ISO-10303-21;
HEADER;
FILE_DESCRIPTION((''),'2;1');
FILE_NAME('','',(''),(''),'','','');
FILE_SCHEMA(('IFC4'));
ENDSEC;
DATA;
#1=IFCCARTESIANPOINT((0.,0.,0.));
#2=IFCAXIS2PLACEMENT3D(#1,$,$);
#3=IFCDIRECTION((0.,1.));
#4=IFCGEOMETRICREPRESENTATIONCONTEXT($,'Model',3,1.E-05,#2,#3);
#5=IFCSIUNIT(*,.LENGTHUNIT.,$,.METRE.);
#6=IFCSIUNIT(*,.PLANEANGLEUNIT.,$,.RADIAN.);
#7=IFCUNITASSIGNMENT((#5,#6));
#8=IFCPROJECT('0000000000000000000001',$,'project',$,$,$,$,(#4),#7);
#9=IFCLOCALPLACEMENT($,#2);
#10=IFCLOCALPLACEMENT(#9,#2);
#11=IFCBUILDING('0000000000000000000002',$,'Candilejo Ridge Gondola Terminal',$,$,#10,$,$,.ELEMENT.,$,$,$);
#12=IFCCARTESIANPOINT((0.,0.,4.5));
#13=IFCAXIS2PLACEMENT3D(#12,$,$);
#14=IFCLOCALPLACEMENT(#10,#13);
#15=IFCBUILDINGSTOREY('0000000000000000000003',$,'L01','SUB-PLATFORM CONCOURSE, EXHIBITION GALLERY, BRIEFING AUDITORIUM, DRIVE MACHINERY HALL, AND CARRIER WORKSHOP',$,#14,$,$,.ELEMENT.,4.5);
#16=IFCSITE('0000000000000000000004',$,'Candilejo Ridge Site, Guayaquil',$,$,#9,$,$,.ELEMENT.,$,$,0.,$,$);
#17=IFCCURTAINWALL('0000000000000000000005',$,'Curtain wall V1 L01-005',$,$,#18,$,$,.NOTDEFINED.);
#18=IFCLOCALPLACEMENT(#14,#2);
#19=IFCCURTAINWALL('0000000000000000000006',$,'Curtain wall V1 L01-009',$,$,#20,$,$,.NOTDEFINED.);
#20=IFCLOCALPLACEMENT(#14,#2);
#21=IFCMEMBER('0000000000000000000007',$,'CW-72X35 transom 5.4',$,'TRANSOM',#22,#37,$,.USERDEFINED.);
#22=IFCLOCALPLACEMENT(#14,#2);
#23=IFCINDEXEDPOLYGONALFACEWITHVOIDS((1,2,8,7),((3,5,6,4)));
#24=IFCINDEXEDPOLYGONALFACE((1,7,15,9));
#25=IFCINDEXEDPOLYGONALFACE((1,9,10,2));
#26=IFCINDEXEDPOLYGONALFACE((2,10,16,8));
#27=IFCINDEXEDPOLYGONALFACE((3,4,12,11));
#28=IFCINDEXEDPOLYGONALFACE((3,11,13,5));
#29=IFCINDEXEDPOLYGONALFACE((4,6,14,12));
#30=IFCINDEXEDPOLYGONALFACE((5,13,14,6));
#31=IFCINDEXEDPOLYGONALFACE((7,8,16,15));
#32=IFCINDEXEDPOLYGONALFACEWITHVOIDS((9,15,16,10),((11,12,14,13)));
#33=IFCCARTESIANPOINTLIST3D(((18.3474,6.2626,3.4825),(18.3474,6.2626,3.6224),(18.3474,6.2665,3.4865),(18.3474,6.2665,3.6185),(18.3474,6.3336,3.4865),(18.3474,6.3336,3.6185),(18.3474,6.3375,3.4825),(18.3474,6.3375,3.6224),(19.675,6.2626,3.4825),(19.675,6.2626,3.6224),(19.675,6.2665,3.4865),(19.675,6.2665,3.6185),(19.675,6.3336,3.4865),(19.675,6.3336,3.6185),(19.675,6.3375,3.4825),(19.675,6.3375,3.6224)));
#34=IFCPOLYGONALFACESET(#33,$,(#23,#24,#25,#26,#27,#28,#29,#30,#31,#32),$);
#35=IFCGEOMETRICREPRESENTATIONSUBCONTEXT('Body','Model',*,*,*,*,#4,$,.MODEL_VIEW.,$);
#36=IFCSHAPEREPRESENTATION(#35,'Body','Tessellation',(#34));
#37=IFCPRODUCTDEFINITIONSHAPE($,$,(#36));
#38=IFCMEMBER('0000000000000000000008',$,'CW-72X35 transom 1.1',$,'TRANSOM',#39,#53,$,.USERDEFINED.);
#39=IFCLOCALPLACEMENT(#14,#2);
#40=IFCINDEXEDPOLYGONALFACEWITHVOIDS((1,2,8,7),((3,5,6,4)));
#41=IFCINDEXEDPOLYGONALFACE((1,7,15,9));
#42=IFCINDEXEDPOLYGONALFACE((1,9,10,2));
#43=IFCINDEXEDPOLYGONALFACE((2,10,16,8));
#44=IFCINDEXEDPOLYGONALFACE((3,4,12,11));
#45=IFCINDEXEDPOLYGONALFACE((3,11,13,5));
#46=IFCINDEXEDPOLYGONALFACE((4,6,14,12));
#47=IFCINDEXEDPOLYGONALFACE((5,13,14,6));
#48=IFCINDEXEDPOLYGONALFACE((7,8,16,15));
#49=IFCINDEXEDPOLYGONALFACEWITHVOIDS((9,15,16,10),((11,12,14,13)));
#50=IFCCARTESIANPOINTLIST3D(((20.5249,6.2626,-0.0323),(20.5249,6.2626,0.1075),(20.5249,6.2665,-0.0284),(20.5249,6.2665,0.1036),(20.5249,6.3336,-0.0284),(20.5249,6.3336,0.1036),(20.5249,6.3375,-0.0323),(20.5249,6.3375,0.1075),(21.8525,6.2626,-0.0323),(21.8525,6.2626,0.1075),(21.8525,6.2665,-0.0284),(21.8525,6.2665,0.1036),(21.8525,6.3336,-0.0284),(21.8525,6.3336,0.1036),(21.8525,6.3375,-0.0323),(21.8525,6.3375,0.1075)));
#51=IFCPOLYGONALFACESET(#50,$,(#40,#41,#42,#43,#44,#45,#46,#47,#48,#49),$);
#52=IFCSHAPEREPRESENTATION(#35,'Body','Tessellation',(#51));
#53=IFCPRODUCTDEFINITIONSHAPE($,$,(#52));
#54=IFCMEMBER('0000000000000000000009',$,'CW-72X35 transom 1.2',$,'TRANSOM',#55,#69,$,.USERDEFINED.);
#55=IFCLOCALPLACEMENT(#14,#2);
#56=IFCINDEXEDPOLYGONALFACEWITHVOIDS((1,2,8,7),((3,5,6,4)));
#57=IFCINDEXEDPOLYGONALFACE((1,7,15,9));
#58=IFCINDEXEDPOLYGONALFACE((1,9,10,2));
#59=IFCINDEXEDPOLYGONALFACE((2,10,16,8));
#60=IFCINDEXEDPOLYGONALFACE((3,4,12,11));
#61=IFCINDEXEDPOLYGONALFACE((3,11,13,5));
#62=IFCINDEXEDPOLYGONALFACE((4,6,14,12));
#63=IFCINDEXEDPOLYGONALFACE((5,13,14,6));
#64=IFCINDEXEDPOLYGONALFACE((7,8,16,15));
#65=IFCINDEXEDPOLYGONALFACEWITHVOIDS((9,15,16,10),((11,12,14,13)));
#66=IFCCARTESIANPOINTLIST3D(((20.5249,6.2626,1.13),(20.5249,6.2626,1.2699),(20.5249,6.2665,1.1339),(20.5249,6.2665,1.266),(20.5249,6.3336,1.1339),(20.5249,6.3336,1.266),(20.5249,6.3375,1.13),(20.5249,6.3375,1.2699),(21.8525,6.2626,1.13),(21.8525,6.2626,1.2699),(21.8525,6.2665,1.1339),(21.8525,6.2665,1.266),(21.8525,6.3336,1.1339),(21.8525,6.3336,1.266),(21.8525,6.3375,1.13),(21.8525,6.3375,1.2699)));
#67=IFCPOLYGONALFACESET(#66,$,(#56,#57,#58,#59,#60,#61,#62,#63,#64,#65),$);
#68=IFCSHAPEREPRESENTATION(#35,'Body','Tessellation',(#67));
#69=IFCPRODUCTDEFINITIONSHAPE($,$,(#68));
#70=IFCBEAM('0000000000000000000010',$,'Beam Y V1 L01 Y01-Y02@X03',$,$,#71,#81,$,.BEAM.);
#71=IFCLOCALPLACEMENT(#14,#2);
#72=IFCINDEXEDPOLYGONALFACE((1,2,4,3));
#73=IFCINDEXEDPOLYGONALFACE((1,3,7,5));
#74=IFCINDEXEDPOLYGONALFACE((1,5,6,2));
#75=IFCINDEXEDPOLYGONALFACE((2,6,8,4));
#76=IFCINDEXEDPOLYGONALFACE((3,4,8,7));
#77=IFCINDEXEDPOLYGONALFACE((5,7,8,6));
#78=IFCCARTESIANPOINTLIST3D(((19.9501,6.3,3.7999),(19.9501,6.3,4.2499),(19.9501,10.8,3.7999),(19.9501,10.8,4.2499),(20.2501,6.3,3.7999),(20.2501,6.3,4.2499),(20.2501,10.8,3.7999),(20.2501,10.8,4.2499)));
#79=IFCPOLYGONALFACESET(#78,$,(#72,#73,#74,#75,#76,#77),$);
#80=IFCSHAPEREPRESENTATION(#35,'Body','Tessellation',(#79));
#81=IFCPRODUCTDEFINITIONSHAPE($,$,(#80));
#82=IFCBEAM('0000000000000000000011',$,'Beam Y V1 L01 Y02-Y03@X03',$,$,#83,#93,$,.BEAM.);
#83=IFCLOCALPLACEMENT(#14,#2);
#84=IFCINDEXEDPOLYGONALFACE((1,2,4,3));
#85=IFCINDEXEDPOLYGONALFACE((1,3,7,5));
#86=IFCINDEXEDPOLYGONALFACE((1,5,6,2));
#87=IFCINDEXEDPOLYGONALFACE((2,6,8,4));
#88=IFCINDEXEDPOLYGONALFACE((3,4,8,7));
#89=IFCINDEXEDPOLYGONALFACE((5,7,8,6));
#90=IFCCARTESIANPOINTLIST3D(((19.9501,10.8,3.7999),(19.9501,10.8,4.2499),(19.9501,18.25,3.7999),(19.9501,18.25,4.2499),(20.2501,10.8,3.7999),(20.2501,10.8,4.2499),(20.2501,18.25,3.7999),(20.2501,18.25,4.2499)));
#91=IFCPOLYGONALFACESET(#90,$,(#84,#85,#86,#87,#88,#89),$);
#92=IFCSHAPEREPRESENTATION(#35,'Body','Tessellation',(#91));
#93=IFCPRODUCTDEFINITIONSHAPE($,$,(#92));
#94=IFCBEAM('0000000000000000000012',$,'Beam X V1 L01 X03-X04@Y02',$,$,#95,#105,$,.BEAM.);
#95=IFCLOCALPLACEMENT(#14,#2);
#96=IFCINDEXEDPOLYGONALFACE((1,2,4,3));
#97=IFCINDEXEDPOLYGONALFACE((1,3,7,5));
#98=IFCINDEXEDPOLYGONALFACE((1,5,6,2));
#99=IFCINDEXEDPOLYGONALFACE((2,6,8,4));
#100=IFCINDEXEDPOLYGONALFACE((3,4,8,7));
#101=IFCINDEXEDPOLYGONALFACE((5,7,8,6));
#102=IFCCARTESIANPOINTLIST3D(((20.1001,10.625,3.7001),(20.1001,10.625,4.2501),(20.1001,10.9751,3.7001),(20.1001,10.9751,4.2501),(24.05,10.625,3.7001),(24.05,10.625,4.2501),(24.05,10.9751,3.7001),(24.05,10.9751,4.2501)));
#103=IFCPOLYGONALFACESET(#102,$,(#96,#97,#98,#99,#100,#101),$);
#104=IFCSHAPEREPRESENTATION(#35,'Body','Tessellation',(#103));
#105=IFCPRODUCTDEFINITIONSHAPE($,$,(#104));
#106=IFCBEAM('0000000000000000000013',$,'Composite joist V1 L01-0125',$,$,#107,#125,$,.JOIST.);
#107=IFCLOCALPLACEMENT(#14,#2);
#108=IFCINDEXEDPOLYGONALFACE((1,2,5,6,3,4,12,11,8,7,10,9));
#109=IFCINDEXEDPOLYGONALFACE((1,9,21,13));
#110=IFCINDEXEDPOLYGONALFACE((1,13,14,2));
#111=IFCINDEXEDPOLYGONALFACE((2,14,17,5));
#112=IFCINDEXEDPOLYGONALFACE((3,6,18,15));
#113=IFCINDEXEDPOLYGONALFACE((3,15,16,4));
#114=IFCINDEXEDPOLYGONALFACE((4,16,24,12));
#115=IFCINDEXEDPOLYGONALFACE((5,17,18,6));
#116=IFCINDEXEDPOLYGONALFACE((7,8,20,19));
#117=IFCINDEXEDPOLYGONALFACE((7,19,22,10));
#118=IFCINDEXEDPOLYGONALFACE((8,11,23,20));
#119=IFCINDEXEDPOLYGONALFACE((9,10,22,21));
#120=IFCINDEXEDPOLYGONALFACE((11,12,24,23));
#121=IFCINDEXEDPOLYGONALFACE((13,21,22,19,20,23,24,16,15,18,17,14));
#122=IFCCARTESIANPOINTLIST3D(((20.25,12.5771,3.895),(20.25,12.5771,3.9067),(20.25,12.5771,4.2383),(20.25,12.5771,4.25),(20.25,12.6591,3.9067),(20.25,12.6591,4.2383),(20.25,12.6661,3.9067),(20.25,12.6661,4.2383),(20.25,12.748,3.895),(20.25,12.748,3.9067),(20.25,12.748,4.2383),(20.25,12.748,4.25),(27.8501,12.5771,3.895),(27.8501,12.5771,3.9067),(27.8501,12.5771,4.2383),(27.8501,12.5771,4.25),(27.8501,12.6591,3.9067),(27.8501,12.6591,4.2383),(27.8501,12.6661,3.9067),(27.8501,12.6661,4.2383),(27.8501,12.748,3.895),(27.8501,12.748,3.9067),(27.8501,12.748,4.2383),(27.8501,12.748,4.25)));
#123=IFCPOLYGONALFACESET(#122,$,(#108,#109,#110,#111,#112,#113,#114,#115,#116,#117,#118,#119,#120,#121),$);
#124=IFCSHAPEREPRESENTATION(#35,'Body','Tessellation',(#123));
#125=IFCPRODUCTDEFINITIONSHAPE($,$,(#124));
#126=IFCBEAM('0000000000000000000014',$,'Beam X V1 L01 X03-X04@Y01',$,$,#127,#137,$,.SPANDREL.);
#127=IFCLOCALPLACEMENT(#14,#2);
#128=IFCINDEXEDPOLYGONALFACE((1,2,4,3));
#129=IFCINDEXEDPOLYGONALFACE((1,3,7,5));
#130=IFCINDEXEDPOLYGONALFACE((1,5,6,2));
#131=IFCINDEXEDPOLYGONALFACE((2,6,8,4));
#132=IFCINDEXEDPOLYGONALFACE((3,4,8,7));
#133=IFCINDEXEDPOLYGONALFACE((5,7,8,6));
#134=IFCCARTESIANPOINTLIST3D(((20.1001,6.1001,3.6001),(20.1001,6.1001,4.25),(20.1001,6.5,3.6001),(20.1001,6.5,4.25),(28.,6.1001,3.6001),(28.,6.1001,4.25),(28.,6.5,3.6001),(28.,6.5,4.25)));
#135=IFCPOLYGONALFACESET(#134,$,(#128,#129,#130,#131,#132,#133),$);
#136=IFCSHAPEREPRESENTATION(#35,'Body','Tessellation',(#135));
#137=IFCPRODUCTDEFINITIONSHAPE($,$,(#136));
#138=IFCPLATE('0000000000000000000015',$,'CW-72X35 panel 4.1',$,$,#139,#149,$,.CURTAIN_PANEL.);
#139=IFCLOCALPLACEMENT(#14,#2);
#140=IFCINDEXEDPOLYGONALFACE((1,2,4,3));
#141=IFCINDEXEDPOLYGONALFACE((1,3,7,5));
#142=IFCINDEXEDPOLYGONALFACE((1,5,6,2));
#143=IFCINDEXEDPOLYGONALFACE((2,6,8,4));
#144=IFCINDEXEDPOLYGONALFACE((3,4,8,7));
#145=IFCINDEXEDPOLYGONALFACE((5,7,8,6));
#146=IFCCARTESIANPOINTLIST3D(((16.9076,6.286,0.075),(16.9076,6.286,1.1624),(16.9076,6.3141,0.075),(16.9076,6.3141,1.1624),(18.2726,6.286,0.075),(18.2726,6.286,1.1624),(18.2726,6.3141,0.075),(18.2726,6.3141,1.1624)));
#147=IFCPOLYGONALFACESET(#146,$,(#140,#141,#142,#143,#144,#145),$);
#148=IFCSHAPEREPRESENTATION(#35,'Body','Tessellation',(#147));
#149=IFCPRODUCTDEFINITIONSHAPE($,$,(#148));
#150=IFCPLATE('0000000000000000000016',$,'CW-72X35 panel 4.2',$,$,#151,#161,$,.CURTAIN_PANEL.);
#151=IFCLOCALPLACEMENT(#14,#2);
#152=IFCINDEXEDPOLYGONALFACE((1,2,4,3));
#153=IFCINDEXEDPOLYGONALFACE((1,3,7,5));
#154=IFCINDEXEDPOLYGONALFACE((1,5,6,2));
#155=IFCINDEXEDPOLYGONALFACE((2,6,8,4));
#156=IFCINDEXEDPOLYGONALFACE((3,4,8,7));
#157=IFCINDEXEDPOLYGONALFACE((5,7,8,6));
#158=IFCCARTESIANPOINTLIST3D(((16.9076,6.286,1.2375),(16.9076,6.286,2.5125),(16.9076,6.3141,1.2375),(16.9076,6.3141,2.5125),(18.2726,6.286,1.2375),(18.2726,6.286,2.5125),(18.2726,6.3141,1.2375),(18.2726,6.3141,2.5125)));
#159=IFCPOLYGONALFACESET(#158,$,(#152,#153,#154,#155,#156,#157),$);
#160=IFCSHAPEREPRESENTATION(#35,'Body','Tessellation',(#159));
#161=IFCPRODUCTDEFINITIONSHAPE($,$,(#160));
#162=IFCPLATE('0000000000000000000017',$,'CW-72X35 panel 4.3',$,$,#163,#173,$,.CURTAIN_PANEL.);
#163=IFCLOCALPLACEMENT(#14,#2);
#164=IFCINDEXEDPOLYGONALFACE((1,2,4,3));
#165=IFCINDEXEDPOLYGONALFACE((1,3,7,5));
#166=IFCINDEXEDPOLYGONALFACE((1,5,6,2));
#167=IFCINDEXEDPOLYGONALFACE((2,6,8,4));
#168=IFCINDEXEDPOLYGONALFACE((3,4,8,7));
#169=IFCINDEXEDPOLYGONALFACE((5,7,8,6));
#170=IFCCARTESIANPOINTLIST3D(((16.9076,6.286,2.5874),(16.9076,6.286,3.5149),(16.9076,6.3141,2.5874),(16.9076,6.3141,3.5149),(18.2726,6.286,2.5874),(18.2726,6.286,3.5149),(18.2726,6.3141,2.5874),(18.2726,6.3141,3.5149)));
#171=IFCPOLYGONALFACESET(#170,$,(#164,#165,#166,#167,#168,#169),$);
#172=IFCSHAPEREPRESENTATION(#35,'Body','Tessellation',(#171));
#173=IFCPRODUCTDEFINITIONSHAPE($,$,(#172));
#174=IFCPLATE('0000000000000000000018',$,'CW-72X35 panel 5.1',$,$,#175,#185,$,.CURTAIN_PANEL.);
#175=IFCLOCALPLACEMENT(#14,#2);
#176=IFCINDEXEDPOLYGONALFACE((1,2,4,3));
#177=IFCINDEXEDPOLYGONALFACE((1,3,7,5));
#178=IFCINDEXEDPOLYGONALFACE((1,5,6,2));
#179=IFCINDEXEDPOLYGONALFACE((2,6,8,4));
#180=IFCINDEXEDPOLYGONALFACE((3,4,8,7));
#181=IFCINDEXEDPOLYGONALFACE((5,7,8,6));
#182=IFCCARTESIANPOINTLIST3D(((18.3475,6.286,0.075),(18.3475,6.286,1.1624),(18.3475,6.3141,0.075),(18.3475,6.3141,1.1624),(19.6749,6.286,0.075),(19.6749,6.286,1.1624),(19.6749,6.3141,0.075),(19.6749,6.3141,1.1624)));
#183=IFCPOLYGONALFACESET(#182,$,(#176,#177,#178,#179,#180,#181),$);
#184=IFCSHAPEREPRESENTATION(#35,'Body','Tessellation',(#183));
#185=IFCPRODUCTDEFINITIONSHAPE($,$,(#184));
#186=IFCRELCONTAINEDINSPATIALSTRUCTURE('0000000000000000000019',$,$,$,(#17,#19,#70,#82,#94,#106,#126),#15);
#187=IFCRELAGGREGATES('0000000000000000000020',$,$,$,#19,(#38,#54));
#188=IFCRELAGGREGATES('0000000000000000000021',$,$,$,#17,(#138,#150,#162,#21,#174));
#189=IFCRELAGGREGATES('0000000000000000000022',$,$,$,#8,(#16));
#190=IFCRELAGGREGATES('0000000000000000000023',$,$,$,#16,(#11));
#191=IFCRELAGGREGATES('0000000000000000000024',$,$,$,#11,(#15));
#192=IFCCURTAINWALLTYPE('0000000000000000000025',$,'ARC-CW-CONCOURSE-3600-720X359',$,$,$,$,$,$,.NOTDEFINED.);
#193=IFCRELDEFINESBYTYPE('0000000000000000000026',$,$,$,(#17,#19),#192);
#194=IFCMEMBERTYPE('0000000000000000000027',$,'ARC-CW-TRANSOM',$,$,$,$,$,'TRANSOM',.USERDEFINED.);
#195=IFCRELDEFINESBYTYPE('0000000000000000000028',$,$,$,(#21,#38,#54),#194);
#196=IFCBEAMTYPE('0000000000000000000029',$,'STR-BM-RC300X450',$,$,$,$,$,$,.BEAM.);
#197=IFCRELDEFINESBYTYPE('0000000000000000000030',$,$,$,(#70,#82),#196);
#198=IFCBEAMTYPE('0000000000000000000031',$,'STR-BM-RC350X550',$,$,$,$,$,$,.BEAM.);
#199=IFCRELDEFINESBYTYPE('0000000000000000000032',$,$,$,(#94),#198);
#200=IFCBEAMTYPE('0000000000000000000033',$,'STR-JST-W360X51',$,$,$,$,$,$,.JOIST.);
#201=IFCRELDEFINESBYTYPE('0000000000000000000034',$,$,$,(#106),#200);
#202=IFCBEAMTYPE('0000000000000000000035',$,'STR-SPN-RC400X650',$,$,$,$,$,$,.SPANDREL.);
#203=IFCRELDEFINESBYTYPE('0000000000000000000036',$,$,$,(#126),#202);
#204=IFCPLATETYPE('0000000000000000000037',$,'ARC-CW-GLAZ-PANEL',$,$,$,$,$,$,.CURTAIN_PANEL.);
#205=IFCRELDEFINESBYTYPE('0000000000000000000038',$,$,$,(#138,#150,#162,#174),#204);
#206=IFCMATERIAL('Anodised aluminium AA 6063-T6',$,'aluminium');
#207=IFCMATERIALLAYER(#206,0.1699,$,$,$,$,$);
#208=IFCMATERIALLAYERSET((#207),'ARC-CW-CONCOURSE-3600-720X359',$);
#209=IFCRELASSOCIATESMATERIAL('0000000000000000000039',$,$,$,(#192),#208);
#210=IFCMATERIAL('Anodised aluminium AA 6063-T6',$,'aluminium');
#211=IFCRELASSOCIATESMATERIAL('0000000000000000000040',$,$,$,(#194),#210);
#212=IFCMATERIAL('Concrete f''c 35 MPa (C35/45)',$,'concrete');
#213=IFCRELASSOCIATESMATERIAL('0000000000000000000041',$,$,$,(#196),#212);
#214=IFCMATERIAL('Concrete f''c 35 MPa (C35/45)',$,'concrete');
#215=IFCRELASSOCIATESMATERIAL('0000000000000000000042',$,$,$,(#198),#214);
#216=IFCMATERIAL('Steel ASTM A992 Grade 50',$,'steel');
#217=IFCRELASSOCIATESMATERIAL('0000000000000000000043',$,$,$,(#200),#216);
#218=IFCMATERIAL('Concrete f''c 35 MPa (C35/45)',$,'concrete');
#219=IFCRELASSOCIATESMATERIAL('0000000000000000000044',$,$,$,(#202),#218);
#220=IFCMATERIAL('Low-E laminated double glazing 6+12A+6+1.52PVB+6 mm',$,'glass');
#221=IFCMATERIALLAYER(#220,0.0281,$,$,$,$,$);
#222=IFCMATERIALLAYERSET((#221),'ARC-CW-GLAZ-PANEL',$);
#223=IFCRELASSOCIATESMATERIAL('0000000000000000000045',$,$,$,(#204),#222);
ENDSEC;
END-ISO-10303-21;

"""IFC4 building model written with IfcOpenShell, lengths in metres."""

from ifc_helpers import new_model, si_unit, direction, frame, origin, origin_2d, place, context, subcontext, project, spatial, rectangle, hollow_rectangle, i_section, extrude, material, layer, layer_set, material_profile, profile_set, type_object, element, aggregate, save


model = new_model("IFC4")

# Units and contexts
model_context = context("Model", 3, precision=1e-05, world=origin(), true_north=direction((0.0, 1.0)))
body_context = subcontext(model_context, "Body", "Model", "MODEL_VIEW")
ifc_project = project(units=[si_unit("LENGTHUNIT", "METRE"), si_unit("PLANEANGLEUNIT", "RADIAN")], contexts=[model_context])

# Site, building, storey
site_placement = place(None, origin())
site = spatial("IfcSite", under=ifc_project, at=site_placement, Name="Candilejo Ridge Site, Guayaquil", CompositionType="ELEMENT", RefElevation=0.0)
building_placement = place(site_placement, origin())
building = spatial("IfcBuilding", under=site, at=building_placement, Name="Candilejo Ridge Gondola Terminal", CompositionType="ELEMENT")
storey_placement = place(building_placement, frame((0.0, 0.0, 4.5)))
storey = spatial("IfcBuildingStorey", under=building, at=storey_placement, Name="L01", Description="SUB-PLATFORM CONCOURSE, EXHIBITION GALLERY, BRIEFING AUDITORIUM, DRIVE MACHINERY HALL, AND CARRIER WORKSHOP", CompositionType="ELEMENT", Elevation=4.5)

# Curtain wall
ifc_material_1 = material(Name="Anodised aluminium AA 6063-T6", Category="aluminium")
ifc_layer_1 = layer(ifc_material_1, 0.1699)
ifc_layer_set_1 = layer_set([ifc_layer_1], Name="ARC-CW-CONCOURSE-3600-720X359")
curtain_wall_type = type_object("IfcCurtainWallType", Name="ARC-CW-CONCOURSE-3600-720X359", PredefinedType="NOTDEFINED", material=ifc_layer_set_1)
curtain_wall_1_placement = place(storey_placement, origin())
curtain_wall_1 = element("IfcCurtainWall", 1, at=curtain_wall_1_placement, inside=storey, type_object=curtain_wall_type, Name="Curtain wall V1 L01-005", PredefinedType="NOTDEFINED")

# Curtain wall
curtain_wall_2_placement = place(storey_placement, origin())
curtain_wall_2 = element("IfcCurtainWall", 2, at=curtain_wall_2_placement, inside=storey, type_object=curtain_wall_type, Name="Curtain wall V1 L01-009", PredefinedType="NOTDEFINED")

# Members
ifc_material_2 = material(Name="Anodised aluminium AA 6063-T6", Category="aluminium")
ifc_material_profile_1 = material_profile(ifc_material_2, hollow_rectangle(XDim=0.075, YDim=0.1399, WallThickness=0.0039, at=origin_2d()))
ifc_profile_set_1 = profile_set([ifc_material_profile_1], Name="Anodised aluminium AA 6063-T6")
member_type_1 = type_object("IfcMemberType", Name="ARC-CW-TRANSOM", ElementType="TRANSOM", PredefinedType="USERDEFINED", material=ifc_profile_set_1)
member_1_placement = place(storey_placement, frame((18.3474, 6.3, 3.5525), z_axis=(1.0, 0.0, 0.0), x_axis=(0.0, 1.0, 0.0)))
member_1 = element("IfcMember", 3, at=member_1_placement, type_object=member_type_1, Name="CW-72X35 transom 5.4", ObjectType="TRANSOM", PredefinedType="USERDEFINED", context=body_context, shape_type="SweptSolid", body=[
    extrude(hollow_rectangle(XDim=0.075, YDim=0.1399, WallThickness=0.0039, at=origin_2d()), origin(), (0.0, 0.0, 1.0), 1.3276),
])
member_2_placement = place(storey_placement, frame((20.5249, 6.3, 0.0376), z_axis=(1.0, 0.0, 0.0), x_axis=(0.0, 1.0, 0.0)))
member_2 = element("IfcMember", 4, at=member_2_placement, type_object=member_type_1, Name="CW-72X35 transom 1.1", ObjectType="TRANSOM", PredefinedType="USERDEFINED", context=body_context, shape_type="SweptSolid", body=[
    extrude(hollow_rectangle(XDim=0.075, YDim=0.1399, WallThickness=0.0039, at=origin_2d()), origin(), (0.0, 0.0, 1.0), 1.3276),
])
member_3_placement = place(storey_placement, frame((20.5249, 6.3, 1.2), z_axis=(1.0, 0.0, 0.0), x_axis=(0.0, 1.0, 0.0)))
member_3 = element("IfcMember", 5, at=member_3_placement, type_object=member_type_1, Name="CW-72X35 transom 1.2", ObjectType="TRANSOM", PredefinedType="USERDEFINED", context=body_context, shape_type="SweptSolid", body=[
    extrude(hollow_rectangle(XDim=0.075, YDim=0.1399, WallThickness=0.0039, at=origin_2d()), origin(), (0.0, 0.0, 1.0), 1.3276),
])
aggregate(curtain_wall_2, [member_2, member_3])

# Beams
ifc_material_3 = material(Name="Concrete f'c 35 MPa (C35/45)", Category="concrete")
ifc_material_profile_2 = material_profile(ifc_material_3, rectangle(XDim=0.3, YDim=0.45, at=origin_2d()))
ifc_profile_set_2 = profile_set([ifc_material_profile_2], Name="Concrete f'c 35 MPa (C35/45)")
beam_type_1 = type_object("IfcBeamType", Name="STR-BM-RC300X450", PredefinedType="BEAM", material=ifc_profile_set_2)
beam_1_placement = place(storey_placement, frame((20.1001, 6.3, 4.0249), z_axis=(0.0, 1.0, 0.0), x_axis=(-1.0, 0.0, 0.0)))
element("IfcBeam", 6, at=beam_1_placement, inside=storey, type_object=beam_type_1, Name="Beam Y V1 L01 Y01-Y02@X03", PredefinedType="BEAM", context=body_context, shape_type="SweptSolid", body=[
    extrude(rectangle(XDim=0.3, YDim=0.45, at=origin_2d()), origin(), (0.0, 0.0, 1.0), 4.5),
])
beam_2_placement = place(storey_placement, frame((20.1001, 10.8, 4.0249), z_axis=(0.0, 1.0, 0.0), x_axis=(-1.0, 0.0, 0.0)))
element("IfcBeam", 7, at=beam_2_placement, inside=storey, type_object=beam_type_1, Name="Beam Y V1 L01 Y02-Y03@X03", PredefinedType="BEAM", context=body_context, shape_type="SweptSolid", body=[
    extrude(rectangle(XDim=0.3, YDim=0.45, at=origin_2d()), origin(), (0.0, 0.0, 1.0), 7.45),
])
ifc_material_4 = material(Name="Concrete f'c 35 MPa (C35/45)", Category="concrete")
ifc_material_profile_3 = material_profile(ifc_material_4, rectangle(XDim=0.3501, YDim=0.55, at=origin_2d()))
ifc_profile_set_3 = profile_set([ifc_material_profile_3], Name="Concrete f'c 35 MPa (C35/45)")
beam_type_2 = type_object("IfcBeamType", Name="STR-BM-RC350X550", PredefinedType="BEAM", material=ifc_profile_set_3)
beam_3_placement = place(storey_placement, frame((20.1001, 10.8, 3.9751), z_axis=(1.0, 0.0, 0.0), x_axis=(0.0, 1.0, 0.0)))
element("IfcBeam", 8, at=beam_3_placement, inside=storey, type_object=beam_type_2, Name="Beam X V1 L01 X03-X04@Y02", PredefinedType="BEAM", context=body_context, shape_type="SweptSolid", body=[
    extrude(rectangle(XDim=0.3501, YDim=0.55, at=origin_2d()), origin(), (0.0, 0.0, 1.0), 3.95),
])
ifc_material_5 = material(Name="Steel ASTM A992 Grade 50", Category="steel")
ifc_material_profile_4 = material_profile(ifc_material_5, i_section(OverallWidth=0.1709, OverallDepth=0.355, WebThickness=0.0071, FlangeThickness=0.0117, at=origin_2d()))
ifc_profile_set_4 = profile_set([ifc_material_profile_4], Name="Steel ASTM A992 Grade 50")
beam_type_3 = type_object("IfcBeamType", Name="STR-JST-W360X51", PredefinedType="JOIST", material=ifc_profile_set_4)
beam_4_placement = place(storey_placement, frame((20.25, 12.6626, 4.0725), z_axis=(1.0, 0.0, 0.0), x_axis=(0.0, 1.0, 0.0)))
element("IfcBeam", 9, at=beam_4_placement, inside=storey, type_object=beam_type_3, Name="Composite joist V1 L01-0125", PredefinedType="JOIST", context=body_context, shape_type="SweptSolid", body=[
    extrude(i_section(OverallWidth=0.1709, OverallDepth=0.355, WebThickness=0.0071, FlangeThickness=0.0117, at=origin_2d()), origin(), (0.0, 0.0, 1.0), 7.6001),
])
ifc_material_6 = material(Name="Concrete f'c 35 MPa (C35/45)", Category="concrete")
ifc_material_profile_5 = material_profile(ifc_material_6, rectangle(XDim=0.3999, YDim=0.6499, at=origin_2d()))
ifc_profile_set_5 = profile_set([ifc_material_profile_5], Name="Concrete f'c 35 MPa (C35/45)")
beam_type_4 = type_object("IfcBeamType", Name="STR-SPN-RC400X650", PredefinedType="SPANDREL", material=ifc_profile_set_5)
beam_5_placement = place(storey_placement, frame((20.1001, 6.3, 3.925), z_axis=(1.0, 0.0, 0.0), x_axis=(0.0, 1.0, 0.0)))
element("IfcBeam", 10, at=beam_5_placement, inside=storey, type_object=beam_type_4, Name="Beam X V1 L01 X03-X04@Y01", PredefinedType="SPANDREL", context=body_context, shape_type="SweptSolid", body=[
    extrude(rectangle(XDim=0.3999, YDim=0.6499, at=origin_2d()), origin(), (0.0, 0.0, 1.0), 7.8999),
])

# Plates
ifc_material_7 = material(Name="Low-E laminated double glazing 6+12A+6+1.52PVB+6 mm", Category="glass")
ifc_layer_2 = layer(ifc_material_7, 0.0281)
ifc_layer_set_2 = layer_set([ifc_layer_2], Name="ARC-CW-GLAZ-PANEL")
plate_type = type_object("IfcPlateType", Name="ARC-CW-GLAZ-PANEL", PredefinedType="CURTAIN_PANEL", material=ifc_layer_set_2)
plate_1_placement = place(storey_placement, frame((17.5901, 6.3, 0.075), z_axis=(0.0, 0.0, 1.0), x_axis=(1.0, 0.0, 0.0)))
plate_1 = element("IfcPlate", 11, at=plate_1_placement, type_object=plate_type, Name="CW-72X35 panel 4.1", PredefinedType="CURTAIN_PANEL", context=body_context, shape_type="SweptSolid", body=[
    extrude(rectangle(XDim=1.365, YDim=0.0281, at=origin_2d()), origin(), (0.0, 0.0, 1.0), 1.0874),
])
plate_2_placement = place(storey_placement, frame((17.5901, 6.3, 1.2375), z_axis=(0.0, 0.0, 1.0), x_axis=(1.0, 0.0, 0.0)))
plate_2 = element("IfcPlate", 12, at=plate_2_placement, type_object=plate_type, Name="CW-72X35 panel 4.2", PredefinedType="CURTAIN_PANEL", context=body_context, shape_type="SweptSolid", body=[
    extrude(rectangle(XDim=1.365, YDim=0.0281, at=origin_2d()), origin(), (0.0, 0.0, 1.0), 1.2749),
])
plate_3_placement = place(storey_placement, frame((17.5901, 6.3, 2.5874), z_axis=(0.0, 0.0, 1.0), x_axis=(1.0, 0.0, 0.0)))
plate_3 = element("IfcPlate", 13, at=plate_3_placement, type_object=plate_type, Name="CW-72X35 panel 4.3", PredefinedType="CURTAIN_PANEL", context=body_context, shape_type="SweptSolid", body=[
    extrude(rectangle(XDim=1.365, YDim=0.0281, at=origin_2d()), origin(), (0.0, 0.0, 1.0), 0.9275),
])
plate_4_placement = place(storey_placement, frame((19.0112, 6.3, 0.075), z_axis=(0.0, 0.0, 1.0), x_axis=(1.0, 0.0, 0.0)))
plate_4 = element("IfcPlate", 14, at=plate_4_placement, type_object=plate_type, Name="CW-72X35 panel 5.1", PredefinedType="CURTAIN_PANEL", context=body_context, shape_type="SweptSolid", body=[
    extrude(rectangle(XDim=1.3274, YDim=0.0281, at=origin_2d()), origin(), (0.0, 0.0, 1.0), 1.0874),
])
aggregate(curtain_wall_1, [plate_1, plate_2, plate_3, member_1, plate_4])

save(model, "model.ifc")
